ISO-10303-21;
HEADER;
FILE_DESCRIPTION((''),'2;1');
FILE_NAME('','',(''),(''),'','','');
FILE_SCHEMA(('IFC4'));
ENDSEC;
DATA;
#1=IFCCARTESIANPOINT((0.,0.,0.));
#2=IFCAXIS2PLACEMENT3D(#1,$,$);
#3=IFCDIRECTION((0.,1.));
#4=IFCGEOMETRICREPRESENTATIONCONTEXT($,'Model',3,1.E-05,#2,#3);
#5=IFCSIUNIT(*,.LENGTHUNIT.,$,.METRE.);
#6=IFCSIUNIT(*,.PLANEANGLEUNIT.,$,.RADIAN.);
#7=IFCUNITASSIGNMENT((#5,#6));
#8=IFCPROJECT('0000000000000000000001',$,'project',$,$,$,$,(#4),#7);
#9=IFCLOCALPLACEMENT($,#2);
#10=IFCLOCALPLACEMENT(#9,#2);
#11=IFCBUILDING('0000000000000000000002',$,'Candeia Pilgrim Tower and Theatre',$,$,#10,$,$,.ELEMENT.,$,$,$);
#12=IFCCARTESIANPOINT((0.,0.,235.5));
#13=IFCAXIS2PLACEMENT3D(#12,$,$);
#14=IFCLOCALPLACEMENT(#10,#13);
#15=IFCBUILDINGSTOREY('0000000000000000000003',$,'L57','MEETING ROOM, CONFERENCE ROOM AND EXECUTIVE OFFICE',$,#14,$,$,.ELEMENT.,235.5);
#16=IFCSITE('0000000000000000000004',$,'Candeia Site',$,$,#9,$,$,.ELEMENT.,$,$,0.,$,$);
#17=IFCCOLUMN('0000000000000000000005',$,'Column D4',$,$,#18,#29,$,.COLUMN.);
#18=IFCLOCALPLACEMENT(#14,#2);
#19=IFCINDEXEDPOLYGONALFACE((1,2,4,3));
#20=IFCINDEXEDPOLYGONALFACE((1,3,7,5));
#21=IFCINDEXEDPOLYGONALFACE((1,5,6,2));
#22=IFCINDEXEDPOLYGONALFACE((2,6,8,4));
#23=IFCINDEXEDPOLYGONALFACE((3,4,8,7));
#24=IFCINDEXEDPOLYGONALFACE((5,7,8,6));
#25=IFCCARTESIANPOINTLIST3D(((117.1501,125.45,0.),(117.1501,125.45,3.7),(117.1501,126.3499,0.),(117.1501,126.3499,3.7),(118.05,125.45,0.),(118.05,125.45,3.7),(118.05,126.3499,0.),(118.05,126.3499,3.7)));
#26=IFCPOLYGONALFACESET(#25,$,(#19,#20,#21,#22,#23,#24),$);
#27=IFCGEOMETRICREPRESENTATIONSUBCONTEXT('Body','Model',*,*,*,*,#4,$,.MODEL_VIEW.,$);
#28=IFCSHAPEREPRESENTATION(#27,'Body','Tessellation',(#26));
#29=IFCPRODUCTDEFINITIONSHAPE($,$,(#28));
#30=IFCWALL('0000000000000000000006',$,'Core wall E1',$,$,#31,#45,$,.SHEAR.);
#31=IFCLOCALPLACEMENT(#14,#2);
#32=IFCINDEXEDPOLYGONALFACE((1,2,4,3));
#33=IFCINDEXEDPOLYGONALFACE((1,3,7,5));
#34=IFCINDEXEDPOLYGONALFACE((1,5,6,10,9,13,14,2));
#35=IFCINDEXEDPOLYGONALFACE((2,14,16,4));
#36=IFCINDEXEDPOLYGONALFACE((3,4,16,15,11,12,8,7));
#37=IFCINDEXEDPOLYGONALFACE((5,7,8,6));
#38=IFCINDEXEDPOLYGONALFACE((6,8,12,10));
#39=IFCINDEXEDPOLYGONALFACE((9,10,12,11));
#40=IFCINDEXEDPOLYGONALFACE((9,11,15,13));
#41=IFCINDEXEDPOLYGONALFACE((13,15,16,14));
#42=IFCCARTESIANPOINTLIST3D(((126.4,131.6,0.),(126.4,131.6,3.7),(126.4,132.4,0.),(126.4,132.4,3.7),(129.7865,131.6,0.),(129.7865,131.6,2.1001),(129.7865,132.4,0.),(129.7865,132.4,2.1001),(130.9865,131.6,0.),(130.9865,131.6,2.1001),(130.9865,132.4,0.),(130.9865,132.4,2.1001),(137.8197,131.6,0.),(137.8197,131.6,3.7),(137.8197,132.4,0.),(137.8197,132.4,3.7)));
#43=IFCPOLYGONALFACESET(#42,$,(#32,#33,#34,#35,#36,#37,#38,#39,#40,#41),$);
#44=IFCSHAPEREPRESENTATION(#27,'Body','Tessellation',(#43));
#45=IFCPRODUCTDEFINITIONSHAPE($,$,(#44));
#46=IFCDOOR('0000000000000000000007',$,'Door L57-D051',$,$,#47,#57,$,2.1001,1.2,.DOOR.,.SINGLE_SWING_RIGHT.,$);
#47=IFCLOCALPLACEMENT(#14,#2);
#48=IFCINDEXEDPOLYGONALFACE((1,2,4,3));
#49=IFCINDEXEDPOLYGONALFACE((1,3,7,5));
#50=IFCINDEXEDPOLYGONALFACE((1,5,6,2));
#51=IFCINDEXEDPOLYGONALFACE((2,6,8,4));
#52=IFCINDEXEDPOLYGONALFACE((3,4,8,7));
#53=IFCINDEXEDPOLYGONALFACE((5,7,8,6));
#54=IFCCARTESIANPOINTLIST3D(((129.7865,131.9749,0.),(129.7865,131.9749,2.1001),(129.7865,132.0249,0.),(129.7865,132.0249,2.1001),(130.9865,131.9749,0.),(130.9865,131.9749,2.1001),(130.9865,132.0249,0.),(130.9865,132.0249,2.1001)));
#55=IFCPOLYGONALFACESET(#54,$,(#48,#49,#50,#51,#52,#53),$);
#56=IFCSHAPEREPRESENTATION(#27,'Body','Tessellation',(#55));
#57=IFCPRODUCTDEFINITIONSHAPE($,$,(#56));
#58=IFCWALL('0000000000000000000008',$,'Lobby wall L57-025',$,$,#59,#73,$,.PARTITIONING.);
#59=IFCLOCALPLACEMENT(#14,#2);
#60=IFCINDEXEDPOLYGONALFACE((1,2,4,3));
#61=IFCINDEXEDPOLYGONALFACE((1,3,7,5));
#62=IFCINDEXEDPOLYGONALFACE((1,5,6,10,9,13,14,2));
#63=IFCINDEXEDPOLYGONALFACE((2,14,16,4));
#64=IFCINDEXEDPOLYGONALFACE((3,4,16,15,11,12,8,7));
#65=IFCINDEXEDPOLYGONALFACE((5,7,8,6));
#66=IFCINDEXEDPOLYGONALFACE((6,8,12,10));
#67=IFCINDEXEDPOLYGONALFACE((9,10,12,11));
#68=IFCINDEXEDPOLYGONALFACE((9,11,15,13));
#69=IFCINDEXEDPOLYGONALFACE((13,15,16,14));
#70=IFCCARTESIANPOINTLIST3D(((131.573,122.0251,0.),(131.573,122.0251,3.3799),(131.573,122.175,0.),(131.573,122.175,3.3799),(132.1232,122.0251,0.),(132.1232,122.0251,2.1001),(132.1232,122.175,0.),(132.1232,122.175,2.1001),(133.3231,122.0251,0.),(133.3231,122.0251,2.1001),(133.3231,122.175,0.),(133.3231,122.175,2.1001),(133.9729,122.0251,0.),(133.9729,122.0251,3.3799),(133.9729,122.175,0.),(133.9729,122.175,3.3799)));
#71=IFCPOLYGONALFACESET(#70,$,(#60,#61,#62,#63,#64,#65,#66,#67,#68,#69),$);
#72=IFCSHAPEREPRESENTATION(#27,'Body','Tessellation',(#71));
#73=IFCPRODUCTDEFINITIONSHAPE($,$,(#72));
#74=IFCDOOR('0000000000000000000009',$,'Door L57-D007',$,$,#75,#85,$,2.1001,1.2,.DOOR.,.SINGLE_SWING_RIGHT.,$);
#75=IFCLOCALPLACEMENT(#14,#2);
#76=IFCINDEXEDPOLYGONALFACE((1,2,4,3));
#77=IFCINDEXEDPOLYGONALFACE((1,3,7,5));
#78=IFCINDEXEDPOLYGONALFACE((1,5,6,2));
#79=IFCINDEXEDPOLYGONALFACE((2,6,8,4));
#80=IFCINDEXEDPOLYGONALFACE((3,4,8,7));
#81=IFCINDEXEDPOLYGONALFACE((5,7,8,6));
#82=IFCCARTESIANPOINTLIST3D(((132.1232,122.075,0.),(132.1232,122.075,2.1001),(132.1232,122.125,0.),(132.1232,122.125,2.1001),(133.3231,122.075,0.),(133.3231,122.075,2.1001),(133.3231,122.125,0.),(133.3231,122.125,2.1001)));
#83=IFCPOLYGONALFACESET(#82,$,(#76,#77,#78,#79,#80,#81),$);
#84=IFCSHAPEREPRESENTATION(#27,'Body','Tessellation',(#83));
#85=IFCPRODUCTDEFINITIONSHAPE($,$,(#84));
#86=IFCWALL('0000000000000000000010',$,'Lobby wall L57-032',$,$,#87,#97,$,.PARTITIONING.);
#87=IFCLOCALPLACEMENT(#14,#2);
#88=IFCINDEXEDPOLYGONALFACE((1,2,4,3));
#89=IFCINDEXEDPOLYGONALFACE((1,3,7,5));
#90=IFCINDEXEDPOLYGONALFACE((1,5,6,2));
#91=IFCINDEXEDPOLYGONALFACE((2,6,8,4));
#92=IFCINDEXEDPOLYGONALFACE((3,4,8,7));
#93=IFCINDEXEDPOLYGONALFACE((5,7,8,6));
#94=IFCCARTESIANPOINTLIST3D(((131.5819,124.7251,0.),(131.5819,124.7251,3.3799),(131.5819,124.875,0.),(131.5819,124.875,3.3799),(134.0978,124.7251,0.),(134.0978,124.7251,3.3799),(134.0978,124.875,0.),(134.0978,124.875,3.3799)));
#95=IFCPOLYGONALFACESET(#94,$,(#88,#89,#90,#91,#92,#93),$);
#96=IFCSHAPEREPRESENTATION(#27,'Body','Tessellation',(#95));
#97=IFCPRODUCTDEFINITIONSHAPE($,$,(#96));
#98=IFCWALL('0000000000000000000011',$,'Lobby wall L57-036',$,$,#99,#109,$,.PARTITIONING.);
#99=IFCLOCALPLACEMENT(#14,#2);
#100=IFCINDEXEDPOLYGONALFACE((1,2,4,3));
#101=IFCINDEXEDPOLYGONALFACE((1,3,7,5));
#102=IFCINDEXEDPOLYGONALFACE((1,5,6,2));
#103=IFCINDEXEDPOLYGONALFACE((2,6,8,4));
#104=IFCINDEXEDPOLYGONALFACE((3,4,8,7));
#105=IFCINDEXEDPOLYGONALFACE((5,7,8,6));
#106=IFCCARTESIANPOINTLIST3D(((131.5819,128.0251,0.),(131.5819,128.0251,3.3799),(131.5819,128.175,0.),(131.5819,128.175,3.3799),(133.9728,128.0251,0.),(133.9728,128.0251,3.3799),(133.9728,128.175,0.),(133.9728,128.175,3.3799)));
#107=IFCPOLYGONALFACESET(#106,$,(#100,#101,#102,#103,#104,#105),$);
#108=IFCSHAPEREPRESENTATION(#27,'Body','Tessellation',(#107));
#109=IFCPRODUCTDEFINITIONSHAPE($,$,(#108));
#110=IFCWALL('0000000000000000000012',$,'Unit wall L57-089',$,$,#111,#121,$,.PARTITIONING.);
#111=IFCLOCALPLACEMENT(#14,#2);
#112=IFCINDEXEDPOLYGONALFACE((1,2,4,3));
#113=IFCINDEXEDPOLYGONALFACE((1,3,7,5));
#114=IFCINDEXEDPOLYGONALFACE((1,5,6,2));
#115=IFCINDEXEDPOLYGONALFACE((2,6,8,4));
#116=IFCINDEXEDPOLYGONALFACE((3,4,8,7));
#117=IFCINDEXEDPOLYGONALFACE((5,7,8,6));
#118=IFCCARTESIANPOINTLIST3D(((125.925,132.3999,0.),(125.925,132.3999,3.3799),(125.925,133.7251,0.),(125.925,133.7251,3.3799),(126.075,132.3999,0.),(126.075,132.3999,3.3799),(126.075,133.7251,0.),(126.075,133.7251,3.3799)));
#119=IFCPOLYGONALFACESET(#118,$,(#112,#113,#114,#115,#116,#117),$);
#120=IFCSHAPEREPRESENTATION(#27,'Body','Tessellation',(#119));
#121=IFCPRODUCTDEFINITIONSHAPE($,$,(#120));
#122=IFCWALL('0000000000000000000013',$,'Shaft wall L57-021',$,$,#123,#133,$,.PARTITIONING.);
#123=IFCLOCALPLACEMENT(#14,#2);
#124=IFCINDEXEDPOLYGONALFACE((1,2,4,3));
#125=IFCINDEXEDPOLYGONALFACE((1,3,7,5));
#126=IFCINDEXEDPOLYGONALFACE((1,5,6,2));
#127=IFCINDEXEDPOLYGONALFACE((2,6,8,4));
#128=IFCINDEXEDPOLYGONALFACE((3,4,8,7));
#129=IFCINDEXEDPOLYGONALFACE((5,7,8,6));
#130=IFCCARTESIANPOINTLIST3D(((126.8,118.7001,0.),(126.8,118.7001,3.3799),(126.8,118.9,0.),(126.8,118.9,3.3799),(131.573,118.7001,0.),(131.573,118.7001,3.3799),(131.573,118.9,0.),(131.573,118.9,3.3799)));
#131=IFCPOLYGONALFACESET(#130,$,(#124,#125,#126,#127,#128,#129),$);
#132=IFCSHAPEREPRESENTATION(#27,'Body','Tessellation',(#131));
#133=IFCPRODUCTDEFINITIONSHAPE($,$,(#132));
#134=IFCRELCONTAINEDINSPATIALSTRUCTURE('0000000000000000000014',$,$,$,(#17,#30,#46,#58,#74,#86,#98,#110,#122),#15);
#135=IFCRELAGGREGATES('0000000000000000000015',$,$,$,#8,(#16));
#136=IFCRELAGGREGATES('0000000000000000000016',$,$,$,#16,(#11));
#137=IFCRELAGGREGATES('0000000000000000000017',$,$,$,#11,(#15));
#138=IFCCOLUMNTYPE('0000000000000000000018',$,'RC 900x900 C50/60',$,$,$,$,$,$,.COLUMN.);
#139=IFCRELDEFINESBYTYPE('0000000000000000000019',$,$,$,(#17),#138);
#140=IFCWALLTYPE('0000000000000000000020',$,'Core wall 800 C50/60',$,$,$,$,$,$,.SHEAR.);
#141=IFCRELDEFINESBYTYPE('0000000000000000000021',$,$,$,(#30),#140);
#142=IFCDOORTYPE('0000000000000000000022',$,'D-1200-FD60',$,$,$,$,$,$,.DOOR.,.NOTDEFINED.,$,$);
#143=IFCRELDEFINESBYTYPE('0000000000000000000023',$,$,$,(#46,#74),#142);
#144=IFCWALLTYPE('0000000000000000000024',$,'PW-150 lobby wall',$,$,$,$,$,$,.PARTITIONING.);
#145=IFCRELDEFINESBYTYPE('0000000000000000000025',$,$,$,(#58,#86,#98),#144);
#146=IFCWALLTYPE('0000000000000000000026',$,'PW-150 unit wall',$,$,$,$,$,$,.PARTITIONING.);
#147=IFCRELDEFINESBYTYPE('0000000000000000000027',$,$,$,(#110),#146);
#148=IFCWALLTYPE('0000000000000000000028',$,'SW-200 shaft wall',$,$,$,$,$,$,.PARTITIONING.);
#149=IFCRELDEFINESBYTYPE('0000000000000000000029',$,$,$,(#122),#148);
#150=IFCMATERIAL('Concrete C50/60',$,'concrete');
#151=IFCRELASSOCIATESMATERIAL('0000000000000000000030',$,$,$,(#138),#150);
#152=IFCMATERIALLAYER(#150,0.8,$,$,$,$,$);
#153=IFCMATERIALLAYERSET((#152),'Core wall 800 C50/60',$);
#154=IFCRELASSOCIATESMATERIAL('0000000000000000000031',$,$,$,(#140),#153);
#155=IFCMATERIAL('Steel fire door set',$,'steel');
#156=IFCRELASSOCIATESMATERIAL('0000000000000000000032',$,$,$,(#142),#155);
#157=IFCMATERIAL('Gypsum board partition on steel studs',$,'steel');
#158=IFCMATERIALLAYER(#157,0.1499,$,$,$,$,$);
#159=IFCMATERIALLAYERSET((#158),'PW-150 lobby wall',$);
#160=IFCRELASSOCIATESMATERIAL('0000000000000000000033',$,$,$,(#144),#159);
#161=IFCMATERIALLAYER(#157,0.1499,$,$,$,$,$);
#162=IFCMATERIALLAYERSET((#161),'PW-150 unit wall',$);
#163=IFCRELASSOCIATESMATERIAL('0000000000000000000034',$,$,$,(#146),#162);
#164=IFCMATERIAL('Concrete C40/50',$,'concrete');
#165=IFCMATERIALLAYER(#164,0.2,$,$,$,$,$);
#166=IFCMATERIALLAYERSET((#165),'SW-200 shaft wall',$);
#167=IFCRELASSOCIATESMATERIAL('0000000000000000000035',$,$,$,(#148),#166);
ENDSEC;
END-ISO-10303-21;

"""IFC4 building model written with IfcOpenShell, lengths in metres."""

from ifc_helpers import new_model, si_unit, direction, frame, frame_2d, origin, origin_2d, place, context, subcontext, project, spatial, rectangle, extrude, material, layer, layer_set, material_profile, profile_set, type_object, element, fill, save


model = new_model("IFC4")

# Units and contexts
model_context = context("Model", 3, precision=1e-05, world=origin(), true_north=direction((0.0, 1.0)))
body_context = subcontext(model_context, "Body", "Model", "MODEL_VIEW")
ifc_project = project(units=[si_unit("LENGTHUNIT", "METRE"), si_unit("PLANEANGLEUNIT", "RADIAN")], contexts=[model_context])

# Site, building, storey
site_placement = place(None, origin())
site = spatial("IfcSite", under=ifc_project, at=site_placement, Name="Candeia Site", CompositionType="ELEMENT", RefElevation=0.0)
building_placement = place(site_placement, origin())
building = spatial("IfcBuilding", under=site, at=building_placement, Name="Candeia Pilgrim Tower and Theatre", CompositionType="ELEMENT")
storey_placement = place(building_placement, frame((0.0, 0.0, 235.5)))
storey = spatial("IfcBuildingStorey", under=building, at=storey_placement, Name="L57", Description="MEETING ROOM, CONFERENCE ROOM AND EXECUTIVE OFFICE", CompositionType="ELEMENT", Elevation=235.5)

# Column
ifc_material_1 = material(Name="Concrete C50/60", Category="concrete")
ifc_material_profile = material_profile(ifc_material_1, rectangle(XDim=0.8999, YDim=0.8999, at=origin_2d()))
ifc_profile_set = profile_set([ifc_material_profile], Name="Concrete C50/60")
column_type = type_object("IfcColumnType", Name="RC 900x900 C50/60", PredefinedType="COLUMN", material=ifc_profile_set)
column_placement = place(storey_placement, frame((117.6001, 125.8999, 0.0), z_axis=(0.0, 0.0, 1.0), x_axis=(1.0, 0.0, 0.0)))
element("IfcColumn", 1, at=column_placement, inside=storey, type_object=column_type, Name="Column D4", PredefinedType="COLUMN", context=body_context, shape_type="SweptSolid", body=[
    extrude(rectangle(XDim=0.8999, YDim=0.8999, at=origin_2d()), origin(), (0.0, 0.0, 1.0), 3.7),
])

# Walls, openings, doors
ifc_layer_1 = layer(ifc_material_1, 0.8)
ifc_layer_set_1 = layer_set([ifc_layer_1], Name="Core wall 800 C50/60")
wall_type_1 = type_object("IfcWallType", Name="Core wall 800 C50/60", PredefinedType="SHEAR", material=ifc_layer_set_1)
wall_1_placement = place(storey_placement, frame((126.3999, 132.0, 0.0), z_axis=(0.0, 0.0, 1.0), x_axis=(1.0, 0.0, 0.0)))
wall_1 = element("IfcWall", 2, at=wall_1_placement, inside=storey, type_object=wall_type_1, Name="Core wall E1", PredefinedType="SHEAR", context=body_context, shape_type="SweptSolid", body=[
    extrude(rectangle(XDim=11.4197, YDim=0.8, at=frame_2d((5.71, 0.0))), origin(), (0.0, 0.0, 1.0), 3.7),
])
opening_1_placement = place(wall_1_placement, frame((3.3865, 0.0, 0.0)))
opening_1 = element("IfcOpeningElement", 3, at=opening_1_placement, cuts=wall_1, PredefinedType="OPENING", context=body_context, shape_type="SweptSolid", body=[
    extrude(rectangle(XDim=1.2, YDim=2.1001, at=frame_2d((0.6001, 1.05))), frame((0.0, 0.4102, 0.0), z_axis=(0.0, -1.0, 0.0), x_axis=(1.0, 0.0, 0.0)), (0.0, 0.0, 1.0), 0.8201),
])
ifc_material_2 = material(Name="Steel fire door set", Category="steel")
door_type_1 = type_object("IfcDoorType", Name="D-1200-FD60", OperationType="NOTDEFINED", PredefinedType="DOOR", material=ifc_material_2)
door_1_placement = place(opening_1_placement, origin())
door_1 = element("IfcDoor", 4, at=door_1_placement, inside=storey, type_object=door_type_1, Name="Door L57-D051", OperationType="SINGLE_SWING_RIGHT", OverallHeight=2.1001, OverallWidth=1.2, PredefinedType="DOOR", context=body_context, shape_type="SweptSolid", body=[
    extrude(rectangle(XDim=1.2, YDim=2.1001, at=frame_2d((0.6001, 1.05))), frame((0.0, 0.0249, 0.0), z_axis=(0.0, -1.0, 0.0), x_axis=(1.0, 0.0, 0.0)), (0.0, 0.0, 1.0), 0.05),
])
fill(opening_1, door_1)
ifc_material_3 = material(Name="Gypsum board partition on steel studs", Category="steel")
ifc_layer_2 = layer(ifc_material_3, 0.1499)
ifc_layer_set_2 = layer_set([ifc_layer_2], Name="PW-150 lobby wall")
wall_type_2 = type_object("IfcWallType", Name="PW-150 lobby wall", PredefinedType="PARTITIONING", material=ifc_layer_set_2)
wall_2_placement = place(storey_placement, frame((131.573, 122.1001, 0.0), z_axis=(0.0, 0.0, 1.0), x_axis=(1.0, 0.0, 0.0)))
wall_2 = element("IfcWall", 5, at=wall_2_placement, inside=storey, type_object=wall_type_2, Name="Lobby wall L57-025", PredefinedType="PARTITIONING", context=body_context, shape_type="SweptSolid", body=[
    extrude(rectangle(XDim=2.3999, YDim=0.1499, at=frame_2d((1.2, 0.0))), origin(), (0.0, 0.0, 1.0), 3.3799),
])
opening_2_placement = place(wall_2_placement, frame((0.55, 0.0, 0.0)))
opening_2 = element("IfcOpeningElement", 6, at=opening_2_placement, cuts=wall_2, PredefinedType="OPENING", context=body_context, shape_type="SweptSolid", body=[
    extrude(rectangle(XDim=1.2, YDim=2.1001, at=frame_2d((0.6001, 1.05))), frame((0.0, 0.085, 0.0), z_axis=(0.0, -1.0, 0.0), x_axis=(1.0, 0.0, 0.0)), (0.0, 0.0, 1.0), 0.1699),
])
door_2_placement = place(opening_2_placement, origin())
door_2 = element("IfcDoor", 7, at=door_2_placement, inside=storey, type_object=door_type_1, Name="Door L57-D007", OperationType="SINGLE_SWING_RIGHT", OverallHeight=2.1001, OverallWidth=1.2, PredefinedType="DOOR", context=body_context, shape_type="SweptSolid", body=[
    extrude(rectangle(XDim=1.2, YDim=2.1001, at=frame_2d((0.6001, 1.05))), frame((0.0, 0.0249, 0.0), z_axis=(0.0, -1.0, 0.0), x_axis=(1.0, 0.0, 0.0)), (0.0, 0.0, 1.0), 0.05),
])
fill(opening_2, door_2)

# Walls
wall_3_placement = place(storey_placement, frame((131.582, 124.8, 0.0), z_axis=(0.0, 0.0, 1.0), x_axis=(1.0, 0.0, 0.0)))
element("IfcWall", 8, at=wall_3_placement, inside=storey, type_object=wall_type_2, Name="Lobby wall L57-032", PredefinedType="PARTITIONING", context=body_context, shape_type="SweptSolid", body=[
    extrude(rectangle(XDim=2.5159, YDim=0.1499, at=frame_2d((1.2578, 0.0))), origin(), (0.0, 0.0, 1.0), 3.3799),
])
wall_4_placement = place(storey_placement, frame((131.582, 128.1001, 0.0), z_axis=(0.0, 0.0, 1.0), x_axis=(1.0, 0.0, 0.0)))
element("IfcWall", 9, at=wall_4_placement, inside=storey, type_object=wall_type_2, Name="Lobby wall L57-036", PredefinedType="PARTITIONING", context=body_context, shape_type="SweptSolid", body=[
    extrude(rectangle(XDim=2.3909, YDim=0.1499, at=frame_2d((1.1953, 0.0))), origin(), (0.0, 0.0, 1.0), 3.3799),
])
ifc_layer_3 = layer(ifc_material_3, 0.1499)
ifc_layer_set_3 = layer_set([ifc_layer_3], Name="PW-150 unit wall")
wall_type_3 = type_object("IfcWallType", Name="PW-150 unit wall", PredefinedType="PARTITIONING", material=ifc_layer_set_3)
wall_5_placement = place(storey_placement, frame((126.0, 132.3999, 0.0), z_axis=(0.0, 0.0, 1.0), x_axis=(0.0, 1.0, 0.0)))
element("IfcWall", 10, at=wall_5_placement, inside=storey, type_object=wall_type_3, Name="Unit wall L57-089", PredefinedType="PARTITIONING", context=body_context, shape_type="SweptSolid", body=[
    extrude(rectangle(XDim=1.3252, YDim=0.1499, at=frame_2d((0.6626, 0.0))), origin(), (0.0, 0.0, 1.0), 3.3799),
])
ifc_material_4 = material(Name="Concrete C40/50", Category="concrete")
ifc_layer_4 = layer(ifc_material_4, 0.2)
ifc_layer_set_4 = layer_set([ifc_layer_4], Name="SW-200 shaft wall")
wall_type_4 = type_object("IfcWallType", Name="SW-200 shaft wall", PredefinedType="PARTITIONING", material=ifc_layer_set_4)
wall_6_placement = place(storey_placement, frame((126.8, 118.8, 0.0), z_axis=(0.0, 0.0, 1.0), x_axis=(1.0, 0.0, 0.0)))
element("IfcWall", 11, at=wall_6_placement, inside=storey, type_object=wall_type_4, Name="Shaft wall L57-021", PredefinedType="PARTITIONING", context=body_context, shape_type="SweptSolid", body=[
    extrude(rectangle(XDim=4.7729, YDim=0.2, at=frame_2d((2.3865, 0.0))), origin(), (0.0, 0.0, 1.0), 3.3799),
])

save(model, "model.ifc")
